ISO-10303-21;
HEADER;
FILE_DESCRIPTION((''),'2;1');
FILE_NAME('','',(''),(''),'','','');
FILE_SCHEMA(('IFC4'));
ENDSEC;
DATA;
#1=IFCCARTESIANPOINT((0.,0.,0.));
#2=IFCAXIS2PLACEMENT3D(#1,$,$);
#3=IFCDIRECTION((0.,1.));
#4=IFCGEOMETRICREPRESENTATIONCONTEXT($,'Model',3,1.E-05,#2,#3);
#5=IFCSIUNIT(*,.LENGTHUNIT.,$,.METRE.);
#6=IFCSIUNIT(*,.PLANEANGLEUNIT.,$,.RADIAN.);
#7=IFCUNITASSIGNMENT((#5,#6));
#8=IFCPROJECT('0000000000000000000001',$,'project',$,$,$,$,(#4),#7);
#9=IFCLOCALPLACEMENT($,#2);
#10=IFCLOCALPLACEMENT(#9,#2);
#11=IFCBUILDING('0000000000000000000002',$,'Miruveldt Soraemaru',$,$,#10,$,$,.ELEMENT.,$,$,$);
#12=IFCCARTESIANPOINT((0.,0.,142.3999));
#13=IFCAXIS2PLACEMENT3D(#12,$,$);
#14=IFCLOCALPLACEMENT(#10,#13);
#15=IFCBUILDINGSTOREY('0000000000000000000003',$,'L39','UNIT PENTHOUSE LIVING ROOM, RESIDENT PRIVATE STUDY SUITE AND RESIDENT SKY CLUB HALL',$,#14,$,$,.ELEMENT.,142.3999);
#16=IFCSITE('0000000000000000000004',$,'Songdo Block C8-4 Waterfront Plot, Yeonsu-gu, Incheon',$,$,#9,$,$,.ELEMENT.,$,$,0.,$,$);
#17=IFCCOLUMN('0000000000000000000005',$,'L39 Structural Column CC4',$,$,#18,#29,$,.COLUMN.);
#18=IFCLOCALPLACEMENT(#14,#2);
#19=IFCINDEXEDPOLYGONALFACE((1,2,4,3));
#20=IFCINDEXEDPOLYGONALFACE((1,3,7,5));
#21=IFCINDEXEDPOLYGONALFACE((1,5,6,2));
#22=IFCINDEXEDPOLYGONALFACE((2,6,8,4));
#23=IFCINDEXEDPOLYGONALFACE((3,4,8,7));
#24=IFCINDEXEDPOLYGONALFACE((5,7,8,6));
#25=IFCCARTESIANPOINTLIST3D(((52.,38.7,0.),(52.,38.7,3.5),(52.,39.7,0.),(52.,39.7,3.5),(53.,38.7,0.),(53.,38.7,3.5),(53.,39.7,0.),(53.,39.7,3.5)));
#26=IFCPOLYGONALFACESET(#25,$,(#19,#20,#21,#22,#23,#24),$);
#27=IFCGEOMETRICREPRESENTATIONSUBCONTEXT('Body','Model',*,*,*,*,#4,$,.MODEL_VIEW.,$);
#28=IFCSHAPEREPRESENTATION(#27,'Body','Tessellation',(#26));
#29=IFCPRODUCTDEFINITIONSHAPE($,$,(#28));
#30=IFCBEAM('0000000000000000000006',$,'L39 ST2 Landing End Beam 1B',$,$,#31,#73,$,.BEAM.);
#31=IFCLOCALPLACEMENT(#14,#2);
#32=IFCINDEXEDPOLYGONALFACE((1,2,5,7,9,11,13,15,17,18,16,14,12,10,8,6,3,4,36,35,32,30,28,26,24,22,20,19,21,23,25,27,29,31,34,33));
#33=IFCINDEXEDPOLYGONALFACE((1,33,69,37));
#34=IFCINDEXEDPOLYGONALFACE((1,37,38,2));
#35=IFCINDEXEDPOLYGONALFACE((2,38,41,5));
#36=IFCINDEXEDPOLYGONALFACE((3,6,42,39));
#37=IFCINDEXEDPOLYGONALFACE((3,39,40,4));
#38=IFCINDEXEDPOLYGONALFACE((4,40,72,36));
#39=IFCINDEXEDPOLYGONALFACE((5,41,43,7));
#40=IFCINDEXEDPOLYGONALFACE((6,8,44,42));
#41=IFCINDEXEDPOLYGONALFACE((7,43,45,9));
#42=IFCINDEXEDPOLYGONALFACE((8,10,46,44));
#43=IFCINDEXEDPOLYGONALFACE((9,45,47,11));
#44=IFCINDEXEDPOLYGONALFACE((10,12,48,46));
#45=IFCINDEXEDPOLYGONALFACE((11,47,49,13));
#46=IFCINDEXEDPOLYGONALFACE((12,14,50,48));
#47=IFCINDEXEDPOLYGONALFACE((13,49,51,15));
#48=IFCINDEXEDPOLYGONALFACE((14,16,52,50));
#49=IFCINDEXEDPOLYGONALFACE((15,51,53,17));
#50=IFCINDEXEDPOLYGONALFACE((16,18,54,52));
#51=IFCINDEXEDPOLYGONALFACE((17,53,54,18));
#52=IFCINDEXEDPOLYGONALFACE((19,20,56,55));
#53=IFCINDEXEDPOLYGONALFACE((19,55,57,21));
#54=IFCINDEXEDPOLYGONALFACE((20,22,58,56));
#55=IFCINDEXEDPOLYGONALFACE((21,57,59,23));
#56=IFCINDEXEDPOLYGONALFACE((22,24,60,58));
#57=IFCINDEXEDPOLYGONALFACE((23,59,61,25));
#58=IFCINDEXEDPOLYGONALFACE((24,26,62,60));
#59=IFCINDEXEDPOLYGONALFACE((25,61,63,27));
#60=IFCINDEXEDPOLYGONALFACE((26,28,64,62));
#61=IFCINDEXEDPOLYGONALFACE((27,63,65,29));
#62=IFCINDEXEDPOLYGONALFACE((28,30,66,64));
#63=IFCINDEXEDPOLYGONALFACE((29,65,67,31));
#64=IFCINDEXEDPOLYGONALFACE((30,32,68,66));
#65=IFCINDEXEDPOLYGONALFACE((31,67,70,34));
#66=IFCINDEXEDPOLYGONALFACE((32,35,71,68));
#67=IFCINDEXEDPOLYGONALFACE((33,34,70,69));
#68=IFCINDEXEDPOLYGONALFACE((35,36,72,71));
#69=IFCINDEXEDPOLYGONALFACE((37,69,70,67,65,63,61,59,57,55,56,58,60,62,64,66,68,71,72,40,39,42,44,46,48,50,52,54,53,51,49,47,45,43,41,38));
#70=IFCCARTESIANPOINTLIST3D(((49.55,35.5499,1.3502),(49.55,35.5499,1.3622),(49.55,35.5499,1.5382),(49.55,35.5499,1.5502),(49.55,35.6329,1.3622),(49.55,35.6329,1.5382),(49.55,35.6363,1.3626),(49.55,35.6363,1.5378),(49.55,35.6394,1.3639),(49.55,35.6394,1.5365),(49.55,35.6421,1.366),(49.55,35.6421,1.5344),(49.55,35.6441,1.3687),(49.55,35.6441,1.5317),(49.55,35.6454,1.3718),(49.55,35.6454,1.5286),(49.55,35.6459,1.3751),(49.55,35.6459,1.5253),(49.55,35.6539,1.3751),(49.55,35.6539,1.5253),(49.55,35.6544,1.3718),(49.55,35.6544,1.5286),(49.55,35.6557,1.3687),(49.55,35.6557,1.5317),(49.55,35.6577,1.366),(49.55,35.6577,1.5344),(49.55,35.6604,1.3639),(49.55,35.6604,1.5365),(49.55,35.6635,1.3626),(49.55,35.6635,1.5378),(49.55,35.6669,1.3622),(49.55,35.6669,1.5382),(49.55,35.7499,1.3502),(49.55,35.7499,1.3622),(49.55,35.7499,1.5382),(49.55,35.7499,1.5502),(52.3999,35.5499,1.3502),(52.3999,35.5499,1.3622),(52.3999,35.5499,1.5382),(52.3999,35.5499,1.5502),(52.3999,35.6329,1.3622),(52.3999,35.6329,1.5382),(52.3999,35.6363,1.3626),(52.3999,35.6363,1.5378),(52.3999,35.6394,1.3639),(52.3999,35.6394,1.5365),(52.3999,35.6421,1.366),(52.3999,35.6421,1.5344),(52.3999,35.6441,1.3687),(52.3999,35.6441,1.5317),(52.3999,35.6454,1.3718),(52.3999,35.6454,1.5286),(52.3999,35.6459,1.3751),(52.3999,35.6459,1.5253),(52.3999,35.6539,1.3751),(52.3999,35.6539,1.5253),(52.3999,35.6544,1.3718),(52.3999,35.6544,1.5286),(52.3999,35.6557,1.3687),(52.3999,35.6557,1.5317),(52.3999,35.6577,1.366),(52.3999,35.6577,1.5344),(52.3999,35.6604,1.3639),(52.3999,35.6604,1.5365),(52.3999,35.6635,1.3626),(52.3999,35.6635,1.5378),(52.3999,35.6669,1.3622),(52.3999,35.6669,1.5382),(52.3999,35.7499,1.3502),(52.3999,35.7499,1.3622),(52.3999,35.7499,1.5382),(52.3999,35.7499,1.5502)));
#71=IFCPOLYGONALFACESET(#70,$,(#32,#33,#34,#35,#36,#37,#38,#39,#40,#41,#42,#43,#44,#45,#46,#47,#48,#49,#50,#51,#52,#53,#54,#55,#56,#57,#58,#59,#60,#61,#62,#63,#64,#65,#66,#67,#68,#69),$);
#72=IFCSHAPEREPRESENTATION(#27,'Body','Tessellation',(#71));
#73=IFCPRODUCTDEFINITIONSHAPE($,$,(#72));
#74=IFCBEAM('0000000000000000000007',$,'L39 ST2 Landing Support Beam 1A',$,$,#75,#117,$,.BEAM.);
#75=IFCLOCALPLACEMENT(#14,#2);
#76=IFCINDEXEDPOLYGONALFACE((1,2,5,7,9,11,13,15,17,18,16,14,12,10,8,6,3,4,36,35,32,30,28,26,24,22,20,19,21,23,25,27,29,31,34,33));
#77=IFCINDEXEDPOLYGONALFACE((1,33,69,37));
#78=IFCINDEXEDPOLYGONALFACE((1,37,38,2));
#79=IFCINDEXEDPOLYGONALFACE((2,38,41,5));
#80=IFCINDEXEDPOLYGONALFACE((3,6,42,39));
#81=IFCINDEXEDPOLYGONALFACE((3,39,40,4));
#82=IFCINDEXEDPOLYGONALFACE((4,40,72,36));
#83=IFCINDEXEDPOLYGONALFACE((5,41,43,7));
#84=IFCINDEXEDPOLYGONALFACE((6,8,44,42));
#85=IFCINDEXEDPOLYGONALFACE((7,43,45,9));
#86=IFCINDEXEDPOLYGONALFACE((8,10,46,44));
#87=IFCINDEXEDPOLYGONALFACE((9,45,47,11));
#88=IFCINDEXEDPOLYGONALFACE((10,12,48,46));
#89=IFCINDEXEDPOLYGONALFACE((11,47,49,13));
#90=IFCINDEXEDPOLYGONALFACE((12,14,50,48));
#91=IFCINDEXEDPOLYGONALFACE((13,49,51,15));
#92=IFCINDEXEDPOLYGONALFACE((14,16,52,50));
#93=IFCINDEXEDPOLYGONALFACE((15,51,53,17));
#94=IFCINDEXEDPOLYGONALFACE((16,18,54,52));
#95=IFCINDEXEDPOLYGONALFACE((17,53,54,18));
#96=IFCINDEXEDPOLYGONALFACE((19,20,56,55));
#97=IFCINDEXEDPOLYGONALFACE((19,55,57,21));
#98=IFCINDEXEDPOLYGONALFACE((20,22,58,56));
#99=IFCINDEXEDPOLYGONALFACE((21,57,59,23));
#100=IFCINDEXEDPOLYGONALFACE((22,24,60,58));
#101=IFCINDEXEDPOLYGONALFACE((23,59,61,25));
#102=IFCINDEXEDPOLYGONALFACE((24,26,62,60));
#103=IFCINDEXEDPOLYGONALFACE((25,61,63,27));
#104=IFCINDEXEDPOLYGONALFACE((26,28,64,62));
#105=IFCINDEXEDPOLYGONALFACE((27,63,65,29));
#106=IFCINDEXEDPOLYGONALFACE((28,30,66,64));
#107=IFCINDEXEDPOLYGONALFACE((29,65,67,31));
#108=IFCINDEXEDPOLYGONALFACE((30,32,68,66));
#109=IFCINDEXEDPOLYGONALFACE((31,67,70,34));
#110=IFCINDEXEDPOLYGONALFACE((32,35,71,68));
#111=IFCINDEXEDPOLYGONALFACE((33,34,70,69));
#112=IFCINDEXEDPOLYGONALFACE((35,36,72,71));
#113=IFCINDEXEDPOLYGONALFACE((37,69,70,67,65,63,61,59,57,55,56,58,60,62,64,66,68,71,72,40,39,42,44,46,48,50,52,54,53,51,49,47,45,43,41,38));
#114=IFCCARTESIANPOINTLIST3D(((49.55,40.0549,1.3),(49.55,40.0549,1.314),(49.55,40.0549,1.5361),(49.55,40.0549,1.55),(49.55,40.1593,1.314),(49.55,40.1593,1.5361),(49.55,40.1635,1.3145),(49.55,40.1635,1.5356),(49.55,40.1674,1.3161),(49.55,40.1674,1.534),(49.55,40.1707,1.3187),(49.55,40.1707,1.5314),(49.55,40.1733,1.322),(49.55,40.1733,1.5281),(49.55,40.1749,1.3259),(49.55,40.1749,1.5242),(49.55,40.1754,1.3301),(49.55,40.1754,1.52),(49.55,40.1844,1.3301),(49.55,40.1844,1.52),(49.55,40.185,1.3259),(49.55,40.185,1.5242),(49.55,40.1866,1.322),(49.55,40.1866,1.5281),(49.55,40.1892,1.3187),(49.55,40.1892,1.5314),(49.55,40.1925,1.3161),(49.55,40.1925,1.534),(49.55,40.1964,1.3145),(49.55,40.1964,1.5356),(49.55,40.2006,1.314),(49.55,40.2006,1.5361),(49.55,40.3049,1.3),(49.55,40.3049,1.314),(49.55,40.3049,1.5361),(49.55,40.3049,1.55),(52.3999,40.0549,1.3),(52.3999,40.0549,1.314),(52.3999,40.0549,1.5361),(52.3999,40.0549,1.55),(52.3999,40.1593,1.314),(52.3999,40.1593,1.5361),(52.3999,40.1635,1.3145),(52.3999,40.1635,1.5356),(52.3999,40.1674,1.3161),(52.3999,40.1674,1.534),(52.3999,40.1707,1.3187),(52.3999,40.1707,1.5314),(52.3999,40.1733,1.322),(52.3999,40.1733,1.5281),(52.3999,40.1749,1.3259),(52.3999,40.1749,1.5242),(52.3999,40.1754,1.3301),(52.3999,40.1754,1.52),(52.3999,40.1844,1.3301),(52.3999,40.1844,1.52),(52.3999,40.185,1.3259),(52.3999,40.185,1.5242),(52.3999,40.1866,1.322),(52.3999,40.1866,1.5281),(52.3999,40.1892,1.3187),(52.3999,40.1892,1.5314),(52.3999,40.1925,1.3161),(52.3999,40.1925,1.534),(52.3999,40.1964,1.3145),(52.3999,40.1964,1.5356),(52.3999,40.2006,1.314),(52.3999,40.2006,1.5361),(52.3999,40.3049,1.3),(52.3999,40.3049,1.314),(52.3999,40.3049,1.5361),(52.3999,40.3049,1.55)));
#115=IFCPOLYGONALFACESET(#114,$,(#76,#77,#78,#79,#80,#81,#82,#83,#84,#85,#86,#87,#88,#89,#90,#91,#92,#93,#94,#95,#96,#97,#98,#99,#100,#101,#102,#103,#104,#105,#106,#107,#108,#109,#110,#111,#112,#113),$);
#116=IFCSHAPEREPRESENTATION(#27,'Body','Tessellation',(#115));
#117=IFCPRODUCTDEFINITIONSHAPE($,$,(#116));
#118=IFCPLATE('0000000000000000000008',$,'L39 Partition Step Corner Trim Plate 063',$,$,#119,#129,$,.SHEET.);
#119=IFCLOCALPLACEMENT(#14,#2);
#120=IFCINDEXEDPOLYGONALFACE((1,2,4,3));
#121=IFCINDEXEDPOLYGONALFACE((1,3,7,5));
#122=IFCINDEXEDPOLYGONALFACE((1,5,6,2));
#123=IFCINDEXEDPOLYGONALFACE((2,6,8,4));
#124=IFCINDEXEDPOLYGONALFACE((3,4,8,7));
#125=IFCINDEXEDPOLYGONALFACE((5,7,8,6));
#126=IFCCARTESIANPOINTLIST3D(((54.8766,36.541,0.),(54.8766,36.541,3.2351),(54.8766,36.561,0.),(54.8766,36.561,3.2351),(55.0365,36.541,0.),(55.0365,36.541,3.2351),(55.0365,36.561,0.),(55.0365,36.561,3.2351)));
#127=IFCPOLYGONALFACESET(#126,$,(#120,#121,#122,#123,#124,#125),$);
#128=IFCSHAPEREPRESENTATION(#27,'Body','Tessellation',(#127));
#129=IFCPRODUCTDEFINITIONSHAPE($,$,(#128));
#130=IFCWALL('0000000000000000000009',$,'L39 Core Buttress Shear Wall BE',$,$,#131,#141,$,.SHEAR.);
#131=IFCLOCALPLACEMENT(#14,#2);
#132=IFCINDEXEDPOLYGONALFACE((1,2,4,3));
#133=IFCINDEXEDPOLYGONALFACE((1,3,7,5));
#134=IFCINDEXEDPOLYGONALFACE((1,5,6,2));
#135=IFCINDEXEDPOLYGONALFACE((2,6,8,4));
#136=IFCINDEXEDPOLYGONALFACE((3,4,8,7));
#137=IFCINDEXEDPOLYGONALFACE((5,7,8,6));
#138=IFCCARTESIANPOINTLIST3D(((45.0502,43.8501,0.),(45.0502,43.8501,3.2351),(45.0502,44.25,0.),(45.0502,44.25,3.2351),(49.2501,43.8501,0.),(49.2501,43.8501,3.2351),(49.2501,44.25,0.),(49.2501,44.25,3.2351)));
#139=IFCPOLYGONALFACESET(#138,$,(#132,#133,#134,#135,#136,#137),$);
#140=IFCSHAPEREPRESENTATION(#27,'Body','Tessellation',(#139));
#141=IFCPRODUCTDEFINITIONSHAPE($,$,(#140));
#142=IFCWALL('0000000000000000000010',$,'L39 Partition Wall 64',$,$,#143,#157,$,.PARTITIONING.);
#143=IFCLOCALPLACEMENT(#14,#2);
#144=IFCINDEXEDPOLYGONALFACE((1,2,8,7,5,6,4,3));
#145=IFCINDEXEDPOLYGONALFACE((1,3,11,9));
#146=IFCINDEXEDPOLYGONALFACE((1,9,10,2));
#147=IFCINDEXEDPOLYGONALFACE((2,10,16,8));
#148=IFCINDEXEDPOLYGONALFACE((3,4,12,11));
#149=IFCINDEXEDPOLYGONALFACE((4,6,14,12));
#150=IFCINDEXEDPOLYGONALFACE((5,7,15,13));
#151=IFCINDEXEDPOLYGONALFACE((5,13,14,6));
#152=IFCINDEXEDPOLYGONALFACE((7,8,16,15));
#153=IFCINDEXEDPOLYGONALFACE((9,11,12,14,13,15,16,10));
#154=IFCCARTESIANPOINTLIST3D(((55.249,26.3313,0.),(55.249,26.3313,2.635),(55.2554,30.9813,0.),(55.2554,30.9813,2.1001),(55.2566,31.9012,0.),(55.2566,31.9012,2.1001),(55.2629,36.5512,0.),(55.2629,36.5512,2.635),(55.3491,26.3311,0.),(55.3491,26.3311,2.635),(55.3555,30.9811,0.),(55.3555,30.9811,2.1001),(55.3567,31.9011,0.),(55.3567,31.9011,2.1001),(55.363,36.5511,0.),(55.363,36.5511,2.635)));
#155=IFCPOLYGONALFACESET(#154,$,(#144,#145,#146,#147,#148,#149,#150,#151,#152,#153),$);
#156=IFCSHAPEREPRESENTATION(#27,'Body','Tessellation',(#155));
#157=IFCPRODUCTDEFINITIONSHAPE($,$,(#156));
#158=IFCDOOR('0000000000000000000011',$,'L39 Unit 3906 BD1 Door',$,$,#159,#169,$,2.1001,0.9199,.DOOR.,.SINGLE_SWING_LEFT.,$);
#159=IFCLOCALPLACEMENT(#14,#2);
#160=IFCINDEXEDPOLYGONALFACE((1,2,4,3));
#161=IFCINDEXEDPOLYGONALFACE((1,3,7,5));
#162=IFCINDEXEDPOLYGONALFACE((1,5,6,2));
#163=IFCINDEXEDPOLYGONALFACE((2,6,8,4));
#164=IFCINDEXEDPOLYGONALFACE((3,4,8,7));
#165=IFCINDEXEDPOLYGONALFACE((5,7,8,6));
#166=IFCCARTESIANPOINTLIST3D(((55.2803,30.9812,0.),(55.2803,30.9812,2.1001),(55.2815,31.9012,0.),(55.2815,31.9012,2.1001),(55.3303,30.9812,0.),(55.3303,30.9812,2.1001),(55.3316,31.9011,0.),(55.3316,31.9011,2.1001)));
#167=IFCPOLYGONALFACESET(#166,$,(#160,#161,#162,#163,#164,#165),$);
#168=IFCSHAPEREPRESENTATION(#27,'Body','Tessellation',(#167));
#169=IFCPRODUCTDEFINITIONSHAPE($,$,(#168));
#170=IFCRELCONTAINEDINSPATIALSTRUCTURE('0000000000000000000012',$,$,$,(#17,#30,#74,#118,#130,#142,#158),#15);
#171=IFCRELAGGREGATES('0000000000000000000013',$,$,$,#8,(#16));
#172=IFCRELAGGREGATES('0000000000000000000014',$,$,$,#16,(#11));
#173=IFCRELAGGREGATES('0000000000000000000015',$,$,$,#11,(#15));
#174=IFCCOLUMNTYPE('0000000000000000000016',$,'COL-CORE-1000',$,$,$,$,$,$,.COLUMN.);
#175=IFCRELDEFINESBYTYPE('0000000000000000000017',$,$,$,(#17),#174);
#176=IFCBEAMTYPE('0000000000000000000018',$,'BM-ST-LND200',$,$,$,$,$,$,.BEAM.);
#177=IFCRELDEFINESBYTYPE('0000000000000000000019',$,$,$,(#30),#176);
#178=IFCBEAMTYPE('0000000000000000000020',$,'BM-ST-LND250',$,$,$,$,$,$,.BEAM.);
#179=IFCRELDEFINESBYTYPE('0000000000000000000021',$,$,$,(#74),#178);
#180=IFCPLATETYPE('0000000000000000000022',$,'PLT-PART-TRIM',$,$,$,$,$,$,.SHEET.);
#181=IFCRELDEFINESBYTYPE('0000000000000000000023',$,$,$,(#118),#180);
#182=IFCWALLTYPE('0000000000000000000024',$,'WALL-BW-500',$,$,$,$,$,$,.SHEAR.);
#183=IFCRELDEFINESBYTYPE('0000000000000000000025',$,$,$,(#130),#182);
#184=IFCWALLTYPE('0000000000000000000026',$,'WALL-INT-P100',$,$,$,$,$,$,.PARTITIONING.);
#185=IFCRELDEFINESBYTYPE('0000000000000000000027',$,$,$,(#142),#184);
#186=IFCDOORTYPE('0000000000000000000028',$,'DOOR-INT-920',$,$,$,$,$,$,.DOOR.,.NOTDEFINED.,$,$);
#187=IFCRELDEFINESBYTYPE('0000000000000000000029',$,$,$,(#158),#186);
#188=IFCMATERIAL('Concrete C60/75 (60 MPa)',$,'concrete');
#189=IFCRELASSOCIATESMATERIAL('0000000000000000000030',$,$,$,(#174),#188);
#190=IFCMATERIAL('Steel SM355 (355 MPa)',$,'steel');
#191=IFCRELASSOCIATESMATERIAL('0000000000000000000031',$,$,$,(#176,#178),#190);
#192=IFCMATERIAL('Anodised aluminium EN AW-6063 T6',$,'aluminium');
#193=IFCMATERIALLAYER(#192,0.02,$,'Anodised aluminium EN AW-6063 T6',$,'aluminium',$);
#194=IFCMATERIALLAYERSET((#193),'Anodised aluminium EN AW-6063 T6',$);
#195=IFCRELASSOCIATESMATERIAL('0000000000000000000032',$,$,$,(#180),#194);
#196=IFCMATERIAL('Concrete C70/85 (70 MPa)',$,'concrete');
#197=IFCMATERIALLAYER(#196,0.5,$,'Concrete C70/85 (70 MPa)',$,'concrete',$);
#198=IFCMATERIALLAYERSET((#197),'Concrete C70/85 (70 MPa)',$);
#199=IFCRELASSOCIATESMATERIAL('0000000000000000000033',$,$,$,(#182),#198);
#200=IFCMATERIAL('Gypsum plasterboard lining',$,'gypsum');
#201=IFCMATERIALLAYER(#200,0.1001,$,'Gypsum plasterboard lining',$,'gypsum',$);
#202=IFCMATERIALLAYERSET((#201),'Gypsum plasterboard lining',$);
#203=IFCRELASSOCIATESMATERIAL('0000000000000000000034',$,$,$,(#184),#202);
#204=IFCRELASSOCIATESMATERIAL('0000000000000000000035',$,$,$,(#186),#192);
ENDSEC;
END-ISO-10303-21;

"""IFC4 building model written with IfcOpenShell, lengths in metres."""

from ifc_helpers import new_model, si_unit, direction, frame, frame_2d, origin, origin_2d, place, context, subcontext, project, spatial, rectangle, i_section, extrude, material, layer, layer_set, material_profile, profile_set, type_object, element, fill, save


model = new_model("IFC4")

# Units and contexts
model_context = context("Model", 3, precision=1e-05, world=origin(), true_north=direction((0.0, 1.0)))
body_context = subcontext(model_context, "Body", "Model", "MODEL_VIEW")
ifc_project = project(units=[si_unit("LENGTHUNIT", "METRE"), si_unit("PLANEANGLEUNIT", "RADIAN")], contexts=[model_context])

# Site, building, storey
site_placement = place(None, origin())
site = spatial("IfcSite", under=ifc_project, at=site_placement, Name="Songdo Block C8-4 Waterfront Plot, Yeonsu-gu, Incheon", CompositionType="ELEMENT", RefElevation=0.0)
building_placement = place(site_placement, origin())
building = spatial("IfcBuilding", under=site, at=building_placement, Name="Miruveldt Soraemaru", CompositionType="ELEMENT")
storey_placement = place(building_placement, frame((0.0, 0.0, 142.3999)))
storey = spatial("IfcBuildingStorey", under=building, at=storey_placement, Name="L39", Description="UNIT PENTHOUSE LIVING ROOM, RESIDENT PRIVATE STUDY SUITE AND RESIDENT SKY CLUB HALL", CompositionType="ELEMENT", Elevation=142.3999)

# Column
ifc_material_1 = material(Name="Concrete C60/75 (60 MPa)", Category="concrete")
ifc_material_profile_1 = material_profile(ifc_material_1, rectangle(XDim=1.0, YDim=1.0, at=origin_2d()), Name="Concrete C60/75 (60 MPa)", Category="concrete")
ifc_profile_set_1 = profile_set([ifc_material_profile_1], Name="Concrete C60/75 (60 MPa)")
column_type = type_object("IfcColumnType", Name="COL-CORE-1000", PredefinedType="COLUMN", material=ifc_profile_set_1)
column_placement = place(storey_placement, frame((52.5, 39.2, 0.0), z_axis=(0.0, 0.0, 1.0), x_axis=(1.0, 0.0, 0.0)))
element("IfcColumn", 1, at=column_placement, inside=storey, type_object=column_type, Name="L39 Structural Column CC4", PredefinedType="COLUMN", context=body_context, shape_type="SweptSolid", body=[
    extrude(rectangle(XDim=1.0, YDim=1.0, at=origin_2d()), origin(), (0.0, 0.0, 1.0), 3.5),
])

# Beams
ifc_material_2 = material(Name="Steel SM355 (355 MPa)", Category="steel")
ifc_material_profile_2 = material_profile(ifc_material_2, i_section(OverallWidth=0.2, OverallDepth=0.2, WebThickness=0.0081, FlangeThickness=0.012, FilletRadius=0.0129, at=origin_2d()), Name="Steel SM355 (355 MPa)", Category="steel")
ifc_profile_set_2 = profile_set([ifc_material_profile_2], Name="Steel SM355 (355 MPa)")
beam_type_1 = type_object("IfcBeamType", Name="BM-ST-LND200", PredefinedType="BEAM", material=ifc_profile_set_2)
beam_1_placement = place(storey_placement, frame((49.55, 35.6499, 1.4502), z_axis=(1.0, 0.0, 0.0), x_axis=(0.0, 1.0, 0.0)))
element("IfcBeam", 2, at=beam_1_placement, inside=storey, type_object=beam_type_1, Name="L39 ST2 Landing End Beam 1B", PredefinedType="BEAM", context=body_context, shape_type="SweptSolid", body=[
    extrude(i_section(OverallWidth=0.2, OverallDepth=0.2, WebThickness=0.0081, FlangeThickness=0.012, FilletRadius=0.0129, at=origin_2d()), origin(), (0.0, 0.0, 1.0), 2.8499),
])
ifc_material_profile_3 = material_profile(ifc_material_2, i_section(OverallWidth=0.25, OverallDepth=0.25, WebThickness=0.009, FlangeThickness=0.0139, FilletRadius=0.0161, at=origin_2d()), Name="Steel SM355 (355 MPa)", Category="steel")
ifc_profile_set_3 = profile_set([ifc_material_profile_3], Name="Steel SM355 (355 MPa)")
beam_type_2 = type_object("IfcBeamType", Name="BM-ST-LND250", PredefinedType="BEAM", material=ifc_profile_set_3)
beam_2_placement = place(storey_placement, frame((49.55, 40.1799, 1.425), z_axis=(1.0, 0.0, 0.0), x_axis=(0.0, 1.0, 0.0)))
element("IfcBeam", 3, at=beam_2_placement, inside=storey, type_object=beam_type_2, Name="L39 ST2 Landing Support Beam 1A", PredefinedType="BEAM", context=body_context, shape_type="SweptSolid", body=[
    extrude(i_section(OverallWidth=0.25, OverallDepth=0.25, WebThickness=0.009, FlangeThickness=0.0139, FilletRadius=0.0161, at=origin_2d()), origin(), (0.0, 0.0, 1.0), 2.8499),
])

# Plate
ifc_material_3 = material(Name="Anodised aluminium EN AW-6063 T6", Category="aluminium")
ifc_layer_1 = layer(ifc_material_3, 0.02, Name="Anodised aluminium EN AW-6063 T6", Category="aluminium")
ifc_layer_set_1 = layer_set([ifc_layer_1], Name="Anodised aluminium EN AW-6063 T6")
plate_type = type_object("IfcPlateType", Name="PLT-PART-TRIM", PredefinedType="SHEET", material=ifc_layer_set_1)
plate_placement = place(storey_placement, frame((54.9565, 36.551, 0.0), z_axis=(0.0, 0.0, 1.0), x_axis=(1.0, 0.0, 0.0)))
element("IfcPlate", 4, at=plate_placement, inside=storey, type_object=plate_type, Name="L39 Partition Step Corner Trim Plate 063", PredefinedType="SHEET", context=body_context, shape_type="SweptSolid", body=[
    extrude(rectangle(XDim=0.1599, YDim=0.02, at=origin_2d()), origin(), (0.0, 0.0, 1.0), 3.2351),
])

# Wall
ifc_material_4 = material(Name="Concrete C70/85 (70 MPa)", Category="concrete")
ifc_layer_2 = layer(ifc_material_4, 0.5, Name="Concrete C70/85 (70 MPa)", Category="concrete")
ifc_layer_set_2 = layer_set([ifc_layer_2], Name="Concrete C70/85 (70 MPa)")
wall_type_1 = type_object("IfcWallType", Name="WALL-BW-500", PredefinedType="SHEAR", material=ifc_layer_set_2)
wall_1_placement = place(storey_placement, frame((45.05, 44.05, 0.0), z_axis=(0.0, 0.0, 1.0), x_axis=(1.0, 0.0, 0.0)))
element("IfcWall", 5, at=wall_1_placement, inside=storey, type_object=wall_type_1, Name="L39 Core Buttress Shear Wall BE", PredefinedType="SHEAR", context=body_context, shape_type="SweptSolid", body=[
    extrude(rectangle(XDim=4.2, YDim=0.3999, at=frame_2d((2.1001, 0.0))), origin(), (0.0, 0.0, 1.0), 3.2351),
])

# Wall, opening, door
ifc_material_5 = material(Name="Gypsum plasterboard lining", Category="gypsum")
ifc_layer_3 = layer(ifc_material_5, 0.1001, Name="Gypsum plasterboard lining", Category="gypsum")
ifc_layer_set_3 = layer_set([ifc_layer_3], Name="Gypsum plasterboard lining")
wall_type_2 = type_object("IfcWallType", Name="WALL-INT-P100", PredefinedType="PARTITIONING", material=ifc_layer_set_3)
wall_2_placement = place(storey_placement, frame((55.313, 36.551, 0.0), z_axis=(0.0, 0.0, 1.0), x_axis=(-0.001362, -0.999999, 0.0)))
wall_2 = element("IfcWall", 6, at=wall_2_placement, inside=storey, type_object=wall_type_2, Name="L39 Partition Wall 64", PredefinedType="PARTITIONING", context=body_context, shape_type="SweptSolid", body=[
    extrude(rectangle(XDim=10.22, YDim=0.1001, at=frame_2d((5.1099, 0.0))), origin(), (0.0, 0.0, 1.0), 2.635),
])
opening_1_placement = place(wall_2_placement, frame((4.6499, 0.0, 0.0)))
opening_1 = element("IfcOpeningElement", 7, at=opening_1_placement, cuts=wall_2, PredefinedType="OPENING", context=body_context, shape_type="SweptSolid", body=[
    extrude(rectangle(XDim=0.9199, YDim=2.1001, at=frame_2d((0.46, 1.05))), frame((0.0, 0.0601, 0.0), z_axis=(0.0, -1.0, 0.0), x_axis=(1.0, 0.0, 0.0)), (0.0, 0.0, 1.0), 0.1201),
])
door_type_1 = type_object("IfcDoorType", Name="DOOR-INT-920", OperationType="NOTDEFINED", PredefinedType="DOOR", material=ifc_material_3)
door_1_placement = place(opening_1_placement, origin())
door_1 = element("IfcDoor", 8, at=door_1_placement, inside=storey, type_object=door_type_1, Name="L39 Unit 3906 BD1 Door", OperationType="SINGLE_SWING_LEFT", OverallHeight=2.1001, OverallWidth=0.9199, PredefinedType="DOOR", context=body_context, shape_type="SweptSolid", body=[
    extrude(rectangle(XDim=0.9199, YDim=2.1001, at=frame_2d((0.46, 1.05))), frame((0.0, 0.0249, 0.0), z_axis=(0.0, -1.0, 0.0), x_axis=(1.0, 0.0, 0.0)), (0.0, 0.0, 1.0), 0.05),
])
fill(opening_1, door_1)

save(model, "model.ifc")
